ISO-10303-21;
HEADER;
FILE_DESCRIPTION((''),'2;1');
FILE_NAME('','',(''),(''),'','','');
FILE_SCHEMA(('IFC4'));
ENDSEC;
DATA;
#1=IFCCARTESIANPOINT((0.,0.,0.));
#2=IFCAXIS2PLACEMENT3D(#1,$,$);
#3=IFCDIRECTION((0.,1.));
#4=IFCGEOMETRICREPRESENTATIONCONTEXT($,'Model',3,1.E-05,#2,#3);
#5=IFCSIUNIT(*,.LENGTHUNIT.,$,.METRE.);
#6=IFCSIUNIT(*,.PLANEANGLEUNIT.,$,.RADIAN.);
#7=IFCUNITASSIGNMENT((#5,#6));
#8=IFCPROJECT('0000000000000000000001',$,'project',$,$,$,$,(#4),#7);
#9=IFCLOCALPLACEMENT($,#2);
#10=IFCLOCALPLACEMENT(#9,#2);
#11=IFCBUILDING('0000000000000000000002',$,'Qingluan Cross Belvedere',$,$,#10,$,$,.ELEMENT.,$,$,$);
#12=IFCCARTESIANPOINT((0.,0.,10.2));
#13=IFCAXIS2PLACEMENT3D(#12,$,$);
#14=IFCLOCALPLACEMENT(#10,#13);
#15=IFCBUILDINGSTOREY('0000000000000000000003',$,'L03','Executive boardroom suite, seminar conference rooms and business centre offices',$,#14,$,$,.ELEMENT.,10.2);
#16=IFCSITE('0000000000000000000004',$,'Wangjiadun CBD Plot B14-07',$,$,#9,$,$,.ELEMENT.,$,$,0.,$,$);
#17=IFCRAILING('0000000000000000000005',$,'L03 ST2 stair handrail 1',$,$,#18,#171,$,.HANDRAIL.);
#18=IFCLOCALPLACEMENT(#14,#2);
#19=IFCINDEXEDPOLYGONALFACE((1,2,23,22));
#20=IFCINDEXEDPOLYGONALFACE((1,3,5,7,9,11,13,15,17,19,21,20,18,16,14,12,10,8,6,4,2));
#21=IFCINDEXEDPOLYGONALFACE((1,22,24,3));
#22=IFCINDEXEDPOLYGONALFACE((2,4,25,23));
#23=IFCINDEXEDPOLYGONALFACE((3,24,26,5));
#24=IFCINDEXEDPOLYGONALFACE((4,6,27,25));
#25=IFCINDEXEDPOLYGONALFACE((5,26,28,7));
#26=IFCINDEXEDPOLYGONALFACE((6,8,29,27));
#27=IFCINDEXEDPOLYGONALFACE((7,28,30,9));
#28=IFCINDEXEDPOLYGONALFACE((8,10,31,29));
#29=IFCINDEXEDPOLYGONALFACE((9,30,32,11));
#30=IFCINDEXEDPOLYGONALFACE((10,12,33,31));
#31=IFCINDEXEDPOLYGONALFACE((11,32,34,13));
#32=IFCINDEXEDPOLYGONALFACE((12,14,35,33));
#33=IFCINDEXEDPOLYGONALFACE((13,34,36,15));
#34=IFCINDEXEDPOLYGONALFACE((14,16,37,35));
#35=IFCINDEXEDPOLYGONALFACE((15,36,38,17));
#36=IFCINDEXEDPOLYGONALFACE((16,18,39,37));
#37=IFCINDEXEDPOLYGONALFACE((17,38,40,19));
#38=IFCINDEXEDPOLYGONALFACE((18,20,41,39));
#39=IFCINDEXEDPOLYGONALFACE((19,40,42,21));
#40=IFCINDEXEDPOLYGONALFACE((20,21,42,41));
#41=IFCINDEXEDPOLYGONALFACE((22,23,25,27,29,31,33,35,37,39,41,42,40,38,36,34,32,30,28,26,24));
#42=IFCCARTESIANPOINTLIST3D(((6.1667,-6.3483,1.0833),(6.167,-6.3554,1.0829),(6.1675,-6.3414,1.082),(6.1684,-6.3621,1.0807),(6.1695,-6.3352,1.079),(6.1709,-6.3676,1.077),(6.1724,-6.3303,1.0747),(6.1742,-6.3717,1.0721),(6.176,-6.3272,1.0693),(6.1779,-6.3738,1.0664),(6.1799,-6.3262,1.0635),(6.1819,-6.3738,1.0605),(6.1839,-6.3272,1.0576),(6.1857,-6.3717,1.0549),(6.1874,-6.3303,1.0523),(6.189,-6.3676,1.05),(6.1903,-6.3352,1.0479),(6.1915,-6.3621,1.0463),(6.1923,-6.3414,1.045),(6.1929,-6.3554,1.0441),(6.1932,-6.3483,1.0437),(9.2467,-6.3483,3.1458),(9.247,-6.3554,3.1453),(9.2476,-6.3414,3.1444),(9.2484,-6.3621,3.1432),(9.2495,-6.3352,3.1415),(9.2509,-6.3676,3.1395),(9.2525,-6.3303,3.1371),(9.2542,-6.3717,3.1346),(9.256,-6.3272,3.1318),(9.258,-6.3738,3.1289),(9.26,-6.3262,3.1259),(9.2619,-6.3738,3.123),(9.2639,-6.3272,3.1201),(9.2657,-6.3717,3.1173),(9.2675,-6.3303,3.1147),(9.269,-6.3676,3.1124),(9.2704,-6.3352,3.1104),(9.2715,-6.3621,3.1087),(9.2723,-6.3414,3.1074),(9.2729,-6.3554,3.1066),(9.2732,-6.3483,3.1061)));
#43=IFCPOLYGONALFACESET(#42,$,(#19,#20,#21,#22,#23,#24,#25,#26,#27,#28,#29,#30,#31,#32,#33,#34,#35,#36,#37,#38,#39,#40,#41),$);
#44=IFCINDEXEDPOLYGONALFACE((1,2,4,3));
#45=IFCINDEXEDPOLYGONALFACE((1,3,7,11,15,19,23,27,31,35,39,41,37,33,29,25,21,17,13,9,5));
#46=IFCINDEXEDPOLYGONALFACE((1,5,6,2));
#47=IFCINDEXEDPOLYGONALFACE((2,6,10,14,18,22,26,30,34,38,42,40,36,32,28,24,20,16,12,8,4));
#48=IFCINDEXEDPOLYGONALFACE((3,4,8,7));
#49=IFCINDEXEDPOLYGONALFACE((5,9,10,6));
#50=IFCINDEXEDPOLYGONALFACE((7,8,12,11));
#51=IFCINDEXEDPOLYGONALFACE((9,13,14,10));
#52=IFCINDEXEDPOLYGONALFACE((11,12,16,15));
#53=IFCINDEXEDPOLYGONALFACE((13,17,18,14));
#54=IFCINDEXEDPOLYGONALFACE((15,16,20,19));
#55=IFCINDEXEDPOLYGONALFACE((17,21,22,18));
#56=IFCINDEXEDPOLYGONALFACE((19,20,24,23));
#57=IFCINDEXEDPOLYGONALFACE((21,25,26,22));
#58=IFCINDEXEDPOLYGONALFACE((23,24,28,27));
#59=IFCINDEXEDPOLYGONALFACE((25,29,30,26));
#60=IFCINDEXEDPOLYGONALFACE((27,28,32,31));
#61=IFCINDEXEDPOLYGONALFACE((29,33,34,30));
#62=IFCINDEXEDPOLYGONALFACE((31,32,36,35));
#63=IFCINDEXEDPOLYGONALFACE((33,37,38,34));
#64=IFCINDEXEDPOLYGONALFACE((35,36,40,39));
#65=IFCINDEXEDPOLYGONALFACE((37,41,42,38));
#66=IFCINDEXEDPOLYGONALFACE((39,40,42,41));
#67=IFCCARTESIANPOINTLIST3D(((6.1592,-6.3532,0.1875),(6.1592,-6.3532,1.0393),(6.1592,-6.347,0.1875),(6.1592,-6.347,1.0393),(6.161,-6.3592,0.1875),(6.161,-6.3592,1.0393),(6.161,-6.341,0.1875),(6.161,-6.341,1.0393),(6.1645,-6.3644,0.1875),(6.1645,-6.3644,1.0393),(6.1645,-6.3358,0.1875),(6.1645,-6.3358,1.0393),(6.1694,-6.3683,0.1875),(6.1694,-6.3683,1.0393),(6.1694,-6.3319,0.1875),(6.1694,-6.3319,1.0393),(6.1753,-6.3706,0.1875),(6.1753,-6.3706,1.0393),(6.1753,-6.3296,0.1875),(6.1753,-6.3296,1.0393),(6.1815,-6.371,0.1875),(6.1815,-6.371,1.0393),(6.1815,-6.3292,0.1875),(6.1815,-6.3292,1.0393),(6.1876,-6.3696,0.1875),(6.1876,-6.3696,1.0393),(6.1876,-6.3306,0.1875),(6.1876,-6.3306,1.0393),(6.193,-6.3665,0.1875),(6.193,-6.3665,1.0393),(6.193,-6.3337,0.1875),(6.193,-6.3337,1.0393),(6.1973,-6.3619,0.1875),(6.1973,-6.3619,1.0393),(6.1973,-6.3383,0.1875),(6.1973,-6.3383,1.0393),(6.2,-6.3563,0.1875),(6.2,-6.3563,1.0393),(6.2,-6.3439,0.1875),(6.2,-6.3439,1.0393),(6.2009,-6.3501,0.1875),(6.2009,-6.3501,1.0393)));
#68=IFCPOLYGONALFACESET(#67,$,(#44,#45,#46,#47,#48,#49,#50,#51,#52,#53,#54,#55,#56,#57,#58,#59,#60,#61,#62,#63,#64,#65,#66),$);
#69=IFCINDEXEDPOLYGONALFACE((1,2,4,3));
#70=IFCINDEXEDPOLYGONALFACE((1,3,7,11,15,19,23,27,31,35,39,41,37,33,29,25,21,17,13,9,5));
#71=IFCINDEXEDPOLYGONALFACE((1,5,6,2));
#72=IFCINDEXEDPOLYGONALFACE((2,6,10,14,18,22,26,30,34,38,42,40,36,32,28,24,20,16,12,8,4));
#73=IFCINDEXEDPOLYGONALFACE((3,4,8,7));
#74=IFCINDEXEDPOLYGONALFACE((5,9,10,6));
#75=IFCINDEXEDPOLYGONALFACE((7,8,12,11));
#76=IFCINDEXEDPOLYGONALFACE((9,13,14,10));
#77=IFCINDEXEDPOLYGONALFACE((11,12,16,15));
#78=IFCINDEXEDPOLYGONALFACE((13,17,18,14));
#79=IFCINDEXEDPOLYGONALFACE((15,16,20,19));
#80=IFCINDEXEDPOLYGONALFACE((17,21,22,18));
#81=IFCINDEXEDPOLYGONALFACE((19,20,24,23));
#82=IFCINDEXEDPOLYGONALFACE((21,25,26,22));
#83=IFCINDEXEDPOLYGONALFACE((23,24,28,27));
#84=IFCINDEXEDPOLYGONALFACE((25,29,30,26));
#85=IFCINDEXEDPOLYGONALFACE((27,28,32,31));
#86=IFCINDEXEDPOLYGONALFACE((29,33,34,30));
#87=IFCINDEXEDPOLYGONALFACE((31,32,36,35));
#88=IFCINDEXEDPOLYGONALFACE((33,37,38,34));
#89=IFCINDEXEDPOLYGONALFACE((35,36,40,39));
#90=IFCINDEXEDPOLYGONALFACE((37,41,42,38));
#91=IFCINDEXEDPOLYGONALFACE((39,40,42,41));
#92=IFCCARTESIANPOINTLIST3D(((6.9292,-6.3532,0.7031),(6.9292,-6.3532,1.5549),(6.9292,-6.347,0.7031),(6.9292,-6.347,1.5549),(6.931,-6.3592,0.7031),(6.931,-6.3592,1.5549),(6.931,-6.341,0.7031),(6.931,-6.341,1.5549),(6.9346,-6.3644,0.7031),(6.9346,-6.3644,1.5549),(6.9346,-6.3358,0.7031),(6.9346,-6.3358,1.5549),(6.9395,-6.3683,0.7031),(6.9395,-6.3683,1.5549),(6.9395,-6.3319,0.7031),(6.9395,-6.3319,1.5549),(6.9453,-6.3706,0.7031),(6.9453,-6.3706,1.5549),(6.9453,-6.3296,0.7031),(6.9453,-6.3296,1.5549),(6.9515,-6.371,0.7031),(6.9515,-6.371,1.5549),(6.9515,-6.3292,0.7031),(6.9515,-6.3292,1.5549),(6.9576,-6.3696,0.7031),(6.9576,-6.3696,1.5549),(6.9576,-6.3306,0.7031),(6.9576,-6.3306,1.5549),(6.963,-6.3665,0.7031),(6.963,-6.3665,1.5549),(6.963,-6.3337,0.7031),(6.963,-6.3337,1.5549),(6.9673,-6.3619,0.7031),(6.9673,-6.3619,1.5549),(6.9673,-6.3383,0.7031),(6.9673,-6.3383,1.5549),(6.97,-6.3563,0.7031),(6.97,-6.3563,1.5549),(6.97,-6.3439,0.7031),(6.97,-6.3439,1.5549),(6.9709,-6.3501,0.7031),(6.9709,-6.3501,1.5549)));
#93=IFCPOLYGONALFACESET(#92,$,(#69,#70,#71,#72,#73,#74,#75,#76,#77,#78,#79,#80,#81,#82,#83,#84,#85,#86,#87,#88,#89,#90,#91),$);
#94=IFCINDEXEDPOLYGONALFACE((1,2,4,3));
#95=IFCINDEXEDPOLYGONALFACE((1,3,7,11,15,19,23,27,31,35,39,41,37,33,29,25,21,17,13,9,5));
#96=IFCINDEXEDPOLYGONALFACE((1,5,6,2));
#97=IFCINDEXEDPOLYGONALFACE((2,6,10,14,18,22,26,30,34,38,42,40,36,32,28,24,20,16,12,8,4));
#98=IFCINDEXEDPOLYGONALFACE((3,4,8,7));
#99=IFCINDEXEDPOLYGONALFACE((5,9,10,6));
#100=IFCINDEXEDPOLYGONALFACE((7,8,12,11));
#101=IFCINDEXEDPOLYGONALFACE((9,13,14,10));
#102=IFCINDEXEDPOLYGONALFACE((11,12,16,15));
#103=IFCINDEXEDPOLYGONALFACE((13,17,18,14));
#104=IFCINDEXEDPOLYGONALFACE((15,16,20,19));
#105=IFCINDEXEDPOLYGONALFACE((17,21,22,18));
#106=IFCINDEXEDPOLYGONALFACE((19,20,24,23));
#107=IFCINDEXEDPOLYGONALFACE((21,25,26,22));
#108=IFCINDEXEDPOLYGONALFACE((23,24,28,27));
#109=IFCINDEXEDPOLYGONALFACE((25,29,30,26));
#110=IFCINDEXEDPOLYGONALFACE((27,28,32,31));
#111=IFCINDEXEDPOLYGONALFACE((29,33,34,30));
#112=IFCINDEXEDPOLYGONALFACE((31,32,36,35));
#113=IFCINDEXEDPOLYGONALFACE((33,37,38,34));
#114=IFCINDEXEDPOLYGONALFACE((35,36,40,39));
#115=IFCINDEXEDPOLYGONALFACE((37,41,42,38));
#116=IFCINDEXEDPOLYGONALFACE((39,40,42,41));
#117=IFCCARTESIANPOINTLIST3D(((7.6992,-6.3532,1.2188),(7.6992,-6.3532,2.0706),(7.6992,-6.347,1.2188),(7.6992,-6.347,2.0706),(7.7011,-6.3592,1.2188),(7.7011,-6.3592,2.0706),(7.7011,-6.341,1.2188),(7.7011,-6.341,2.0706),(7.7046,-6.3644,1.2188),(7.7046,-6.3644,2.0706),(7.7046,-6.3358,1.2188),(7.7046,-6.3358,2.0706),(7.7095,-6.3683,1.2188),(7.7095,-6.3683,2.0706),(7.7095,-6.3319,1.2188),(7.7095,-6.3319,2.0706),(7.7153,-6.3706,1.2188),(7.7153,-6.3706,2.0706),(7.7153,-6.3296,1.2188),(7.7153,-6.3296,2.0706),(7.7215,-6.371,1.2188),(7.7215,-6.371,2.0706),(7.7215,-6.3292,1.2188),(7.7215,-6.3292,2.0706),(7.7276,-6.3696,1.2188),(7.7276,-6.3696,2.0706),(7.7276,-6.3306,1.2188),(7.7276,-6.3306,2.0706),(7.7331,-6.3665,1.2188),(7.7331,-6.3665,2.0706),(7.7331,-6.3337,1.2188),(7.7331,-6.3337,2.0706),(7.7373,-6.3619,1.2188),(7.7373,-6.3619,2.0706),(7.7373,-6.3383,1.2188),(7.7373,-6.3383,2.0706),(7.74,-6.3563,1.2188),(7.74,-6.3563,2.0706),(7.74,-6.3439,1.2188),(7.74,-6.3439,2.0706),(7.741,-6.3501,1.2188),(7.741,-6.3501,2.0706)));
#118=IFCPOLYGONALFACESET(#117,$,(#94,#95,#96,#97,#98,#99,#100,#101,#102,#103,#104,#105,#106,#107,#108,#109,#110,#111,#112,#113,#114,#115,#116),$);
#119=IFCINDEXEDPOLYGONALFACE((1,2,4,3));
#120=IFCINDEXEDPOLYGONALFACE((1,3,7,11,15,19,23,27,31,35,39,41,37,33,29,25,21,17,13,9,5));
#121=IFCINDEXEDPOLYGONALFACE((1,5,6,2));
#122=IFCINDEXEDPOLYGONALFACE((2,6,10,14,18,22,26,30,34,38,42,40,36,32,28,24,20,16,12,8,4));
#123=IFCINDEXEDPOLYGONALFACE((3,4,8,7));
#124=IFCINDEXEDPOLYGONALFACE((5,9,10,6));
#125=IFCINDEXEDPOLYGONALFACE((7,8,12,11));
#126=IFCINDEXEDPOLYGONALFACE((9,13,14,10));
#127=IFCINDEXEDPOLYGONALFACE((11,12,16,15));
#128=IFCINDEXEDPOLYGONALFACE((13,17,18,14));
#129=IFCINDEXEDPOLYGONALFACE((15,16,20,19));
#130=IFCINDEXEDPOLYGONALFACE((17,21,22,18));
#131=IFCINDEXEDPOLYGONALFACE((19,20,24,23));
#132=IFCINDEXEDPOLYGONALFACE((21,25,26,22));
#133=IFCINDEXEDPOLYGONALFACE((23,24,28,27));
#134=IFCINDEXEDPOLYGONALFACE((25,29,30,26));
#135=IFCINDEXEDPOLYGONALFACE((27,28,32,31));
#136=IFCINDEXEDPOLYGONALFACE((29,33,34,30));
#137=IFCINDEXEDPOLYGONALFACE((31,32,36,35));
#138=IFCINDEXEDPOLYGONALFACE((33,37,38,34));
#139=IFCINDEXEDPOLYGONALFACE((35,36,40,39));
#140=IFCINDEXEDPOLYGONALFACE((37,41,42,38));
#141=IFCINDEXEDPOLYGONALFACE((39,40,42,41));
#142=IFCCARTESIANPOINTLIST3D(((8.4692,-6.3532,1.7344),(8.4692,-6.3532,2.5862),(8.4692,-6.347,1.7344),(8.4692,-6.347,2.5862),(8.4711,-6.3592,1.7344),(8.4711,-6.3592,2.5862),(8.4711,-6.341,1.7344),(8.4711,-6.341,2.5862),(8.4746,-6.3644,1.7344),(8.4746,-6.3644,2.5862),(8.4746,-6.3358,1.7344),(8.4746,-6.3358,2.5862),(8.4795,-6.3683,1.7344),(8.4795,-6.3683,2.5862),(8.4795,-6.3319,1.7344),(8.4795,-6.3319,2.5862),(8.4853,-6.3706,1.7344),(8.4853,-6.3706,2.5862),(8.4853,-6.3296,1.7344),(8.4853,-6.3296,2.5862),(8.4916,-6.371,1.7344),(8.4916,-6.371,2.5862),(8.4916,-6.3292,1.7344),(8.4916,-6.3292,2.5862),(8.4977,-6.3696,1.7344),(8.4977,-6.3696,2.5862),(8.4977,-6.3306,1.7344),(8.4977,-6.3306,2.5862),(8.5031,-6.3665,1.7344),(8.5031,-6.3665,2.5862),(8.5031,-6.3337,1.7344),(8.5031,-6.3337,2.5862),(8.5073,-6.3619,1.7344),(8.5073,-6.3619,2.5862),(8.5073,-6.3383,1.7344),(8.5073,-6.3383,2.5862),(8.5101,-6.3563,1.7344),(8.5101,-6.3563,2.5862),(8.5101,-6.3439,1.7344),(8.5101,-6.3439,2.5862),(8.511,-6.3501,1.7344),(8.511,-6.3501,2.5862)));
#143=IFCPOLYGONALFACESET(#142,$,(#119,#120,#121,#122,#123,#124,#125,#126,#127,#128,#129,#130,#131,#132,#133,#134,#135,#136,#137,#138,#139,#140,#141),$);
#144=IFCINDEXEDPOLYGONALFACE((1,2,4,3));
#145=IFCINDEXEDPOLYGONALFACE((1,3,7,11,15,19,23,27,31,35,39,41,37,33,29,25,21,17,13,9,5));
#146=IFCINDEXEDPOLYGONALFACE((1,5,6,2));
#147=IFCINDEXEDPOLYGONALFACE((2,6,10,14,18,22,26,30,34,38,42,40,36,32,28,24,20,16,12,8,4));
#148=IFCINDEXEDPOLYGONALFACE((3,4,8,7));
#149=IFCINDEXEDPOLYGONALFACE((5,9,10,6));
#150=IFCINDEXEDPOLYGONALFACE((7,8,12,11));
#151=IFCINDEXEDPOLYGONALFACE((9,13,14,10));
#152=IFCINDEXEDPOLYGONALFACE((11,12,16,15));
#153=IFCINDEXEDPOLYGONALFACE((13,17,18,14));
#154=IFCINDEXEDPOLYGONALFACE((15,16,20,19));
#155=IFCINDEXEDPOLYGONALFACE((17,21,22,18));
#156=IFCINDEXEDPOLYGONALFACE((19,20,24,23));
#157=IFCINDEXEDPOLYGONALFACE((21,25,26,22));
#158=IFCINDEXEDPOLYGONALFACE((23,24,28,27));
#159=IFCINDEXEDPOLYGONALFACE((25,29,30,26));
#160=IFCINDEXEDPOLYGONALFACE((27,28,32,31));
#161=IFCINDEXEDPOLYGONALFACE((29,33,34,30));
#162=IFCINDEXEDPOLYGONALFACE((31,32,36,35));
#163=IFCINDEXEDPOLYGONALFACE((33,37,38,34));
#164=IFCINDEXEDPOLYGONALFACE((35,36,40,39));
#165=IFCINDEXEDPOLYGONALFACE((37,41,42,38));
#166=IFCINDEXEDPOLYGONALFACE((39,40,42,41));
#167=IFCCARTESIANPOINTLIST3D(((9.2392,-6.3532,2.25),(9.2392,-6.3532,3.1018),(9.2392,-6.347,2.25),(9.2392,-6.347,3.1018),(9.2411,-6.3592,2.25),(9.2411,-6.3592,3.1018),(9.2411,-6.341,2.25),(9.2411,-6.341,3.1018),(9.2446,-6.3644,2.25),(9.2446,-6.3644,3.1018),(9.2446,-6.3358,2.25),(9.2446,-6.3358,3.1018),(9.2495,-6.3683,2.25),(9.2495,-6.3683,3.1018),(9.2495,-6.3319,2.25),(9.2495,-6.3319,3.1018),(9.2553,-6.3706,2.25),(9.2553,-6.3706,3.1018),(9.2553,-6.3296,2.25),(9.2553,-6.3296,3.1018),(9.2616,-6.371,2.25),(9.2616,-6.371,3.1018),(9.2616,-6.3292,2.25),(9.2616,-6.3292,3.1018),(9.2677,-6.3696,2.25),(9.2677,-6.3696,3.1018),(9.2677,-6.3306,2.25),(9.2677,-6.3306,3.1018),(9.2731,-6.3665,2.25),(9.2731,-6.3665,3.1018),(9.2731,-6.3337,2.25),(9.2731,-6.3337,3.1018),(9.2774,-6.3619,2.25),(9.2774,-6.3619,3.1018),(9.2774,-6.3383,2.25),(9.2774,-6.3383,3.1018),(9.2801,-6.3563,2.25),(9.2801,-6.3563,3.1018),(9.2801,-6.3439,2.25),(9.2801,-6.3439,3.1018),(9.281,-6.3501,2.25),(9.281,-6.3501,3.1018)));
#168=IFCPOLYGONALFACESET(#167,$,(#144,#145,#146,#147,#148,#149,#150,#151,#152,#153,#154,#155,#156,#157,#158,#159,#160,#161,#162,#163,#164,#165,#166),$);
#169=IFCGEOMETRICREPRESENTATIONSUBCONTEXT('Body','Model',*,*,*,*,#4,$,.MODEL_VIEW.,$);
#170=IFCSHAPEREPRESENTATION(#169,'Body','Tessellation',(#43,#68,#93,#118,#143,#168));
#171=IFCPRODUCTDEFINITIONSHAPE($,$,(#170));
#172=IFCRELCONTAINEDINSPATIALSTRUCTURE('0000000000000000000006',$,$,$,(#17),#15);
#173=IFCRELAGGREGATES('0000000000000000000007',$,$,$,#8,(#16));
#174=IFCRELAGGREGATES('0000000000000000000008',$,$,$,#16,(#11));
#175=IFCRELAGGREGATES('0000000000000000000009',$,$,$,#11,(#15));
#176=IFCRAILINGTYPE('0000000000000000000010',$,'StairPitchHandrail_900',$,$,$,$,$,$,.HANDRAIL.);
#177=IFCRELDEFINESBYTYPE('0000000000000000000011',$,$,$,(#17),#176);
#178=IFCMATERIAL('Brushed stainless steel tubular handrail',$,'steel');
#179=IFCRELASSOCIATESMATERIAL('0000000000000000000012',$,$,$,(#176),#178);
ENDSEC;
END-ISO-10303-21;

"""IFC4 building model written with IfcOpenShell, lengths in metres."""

from ifc_helpers import new_model, si_unit, direction, frame, origin, origin_2d, place, context, subcontext, project, spatial, circle, extrude, material, type_object, element, save


model = new_model("IFC4")

# Units and contexts
model_context = context("Model", 3, precision=1e-05, world=origin(), true_north=direction((0.0, 1.0)))
body_context = subcontext(model_context, "Body", "Model", "MODEL_VIEW")
ifc_project = project(units=[si_unit("LENGTHUNIT", "METRE"), si_unit("PLANEANGLEUNIT", "RADIAN")], contexts=[model_context])

# Site, building, storey
site_placement = place(None, origin())
site = spatial("IfcSite", under=ifc_project, at=site_placement, Name="Wangjiadun CBD Plot B14-07", CompositionType="ELEMENT", RefElevation=0.0)
building_placement = place(site_placement, origin())
building = spatial("IfcBuilding", under=site, at=building_placement, Name="Qingluan Cross Belvedere", CompositionType="ELEMENT")
storey_placement = place(building_placement, frame((0.0, 0.0, 10.2)))
storey = spatial("IfcBuildingStorey", under=building, at=storey_placement, Name="L03", Description="Executive boardroom suite, seminar conference rooms and business centre offices", CompositionType="ELEMENT", Elevation=10.2)

# Railing
ifc_material_1 = material(Name="Brushed stainless steel tubular handrail", Category="steel")
railing_type_1 = type_object("IfcRailingType", Name="StairPitchHandrail_900", PredefinedType="HANDRAIL", material=ifc_material_1)
railing_1_placement = place(storey_placement, frame((6.1799, -6.3501, 0.1875)))
element("IfcRailing", 1, at=railing_1_placement, inside=storey, type_object=railing_type_1, Name="L03 ST2 stair handrail 1", PredefinedType="HANDRAIL", context=body_context, shape_type="SweptSolid", body=[
    extrude(circle(Radius=0.0239, at=origin_2d()), frame((0.0, 0.0, 0.876), z_axis=(0.830914, 0.0, 0.556401), x_axis=(0.0, 1.0, 0.0)), (0.0, 0.0, 1.0), 3.7068),
    extrude(circle(Radius=0.021, at=origin_2d()), origin(), (0.0, 0.0, 1.0), 0.8518),
    extrude(circle(Radius=0.021, at=origin_2d()), frame((0.77, 0.0, 0.5156)), (0.0, 0.0, 1.0), 0.8518),
    extrude(circle(Radius=0.021, at=origin_2d()), frame((1.54, 0.0, 1.0312)), (0.0, 0.0, 1.0), 0.8518),
    extrude(circle(Radius=0.021, at=origin_2d()), frame((2.3101, 0.0, 1.5469)), (0.0, 0.0, 1.0), 0.8518),
    extrude(circle(Radius=0.021, at=origin_2d()), frame((3.0801, 0.0, 2.0625)), (0.0, 0.0, 1.0), 0.8518),
])

save(model, "model.ifc")
